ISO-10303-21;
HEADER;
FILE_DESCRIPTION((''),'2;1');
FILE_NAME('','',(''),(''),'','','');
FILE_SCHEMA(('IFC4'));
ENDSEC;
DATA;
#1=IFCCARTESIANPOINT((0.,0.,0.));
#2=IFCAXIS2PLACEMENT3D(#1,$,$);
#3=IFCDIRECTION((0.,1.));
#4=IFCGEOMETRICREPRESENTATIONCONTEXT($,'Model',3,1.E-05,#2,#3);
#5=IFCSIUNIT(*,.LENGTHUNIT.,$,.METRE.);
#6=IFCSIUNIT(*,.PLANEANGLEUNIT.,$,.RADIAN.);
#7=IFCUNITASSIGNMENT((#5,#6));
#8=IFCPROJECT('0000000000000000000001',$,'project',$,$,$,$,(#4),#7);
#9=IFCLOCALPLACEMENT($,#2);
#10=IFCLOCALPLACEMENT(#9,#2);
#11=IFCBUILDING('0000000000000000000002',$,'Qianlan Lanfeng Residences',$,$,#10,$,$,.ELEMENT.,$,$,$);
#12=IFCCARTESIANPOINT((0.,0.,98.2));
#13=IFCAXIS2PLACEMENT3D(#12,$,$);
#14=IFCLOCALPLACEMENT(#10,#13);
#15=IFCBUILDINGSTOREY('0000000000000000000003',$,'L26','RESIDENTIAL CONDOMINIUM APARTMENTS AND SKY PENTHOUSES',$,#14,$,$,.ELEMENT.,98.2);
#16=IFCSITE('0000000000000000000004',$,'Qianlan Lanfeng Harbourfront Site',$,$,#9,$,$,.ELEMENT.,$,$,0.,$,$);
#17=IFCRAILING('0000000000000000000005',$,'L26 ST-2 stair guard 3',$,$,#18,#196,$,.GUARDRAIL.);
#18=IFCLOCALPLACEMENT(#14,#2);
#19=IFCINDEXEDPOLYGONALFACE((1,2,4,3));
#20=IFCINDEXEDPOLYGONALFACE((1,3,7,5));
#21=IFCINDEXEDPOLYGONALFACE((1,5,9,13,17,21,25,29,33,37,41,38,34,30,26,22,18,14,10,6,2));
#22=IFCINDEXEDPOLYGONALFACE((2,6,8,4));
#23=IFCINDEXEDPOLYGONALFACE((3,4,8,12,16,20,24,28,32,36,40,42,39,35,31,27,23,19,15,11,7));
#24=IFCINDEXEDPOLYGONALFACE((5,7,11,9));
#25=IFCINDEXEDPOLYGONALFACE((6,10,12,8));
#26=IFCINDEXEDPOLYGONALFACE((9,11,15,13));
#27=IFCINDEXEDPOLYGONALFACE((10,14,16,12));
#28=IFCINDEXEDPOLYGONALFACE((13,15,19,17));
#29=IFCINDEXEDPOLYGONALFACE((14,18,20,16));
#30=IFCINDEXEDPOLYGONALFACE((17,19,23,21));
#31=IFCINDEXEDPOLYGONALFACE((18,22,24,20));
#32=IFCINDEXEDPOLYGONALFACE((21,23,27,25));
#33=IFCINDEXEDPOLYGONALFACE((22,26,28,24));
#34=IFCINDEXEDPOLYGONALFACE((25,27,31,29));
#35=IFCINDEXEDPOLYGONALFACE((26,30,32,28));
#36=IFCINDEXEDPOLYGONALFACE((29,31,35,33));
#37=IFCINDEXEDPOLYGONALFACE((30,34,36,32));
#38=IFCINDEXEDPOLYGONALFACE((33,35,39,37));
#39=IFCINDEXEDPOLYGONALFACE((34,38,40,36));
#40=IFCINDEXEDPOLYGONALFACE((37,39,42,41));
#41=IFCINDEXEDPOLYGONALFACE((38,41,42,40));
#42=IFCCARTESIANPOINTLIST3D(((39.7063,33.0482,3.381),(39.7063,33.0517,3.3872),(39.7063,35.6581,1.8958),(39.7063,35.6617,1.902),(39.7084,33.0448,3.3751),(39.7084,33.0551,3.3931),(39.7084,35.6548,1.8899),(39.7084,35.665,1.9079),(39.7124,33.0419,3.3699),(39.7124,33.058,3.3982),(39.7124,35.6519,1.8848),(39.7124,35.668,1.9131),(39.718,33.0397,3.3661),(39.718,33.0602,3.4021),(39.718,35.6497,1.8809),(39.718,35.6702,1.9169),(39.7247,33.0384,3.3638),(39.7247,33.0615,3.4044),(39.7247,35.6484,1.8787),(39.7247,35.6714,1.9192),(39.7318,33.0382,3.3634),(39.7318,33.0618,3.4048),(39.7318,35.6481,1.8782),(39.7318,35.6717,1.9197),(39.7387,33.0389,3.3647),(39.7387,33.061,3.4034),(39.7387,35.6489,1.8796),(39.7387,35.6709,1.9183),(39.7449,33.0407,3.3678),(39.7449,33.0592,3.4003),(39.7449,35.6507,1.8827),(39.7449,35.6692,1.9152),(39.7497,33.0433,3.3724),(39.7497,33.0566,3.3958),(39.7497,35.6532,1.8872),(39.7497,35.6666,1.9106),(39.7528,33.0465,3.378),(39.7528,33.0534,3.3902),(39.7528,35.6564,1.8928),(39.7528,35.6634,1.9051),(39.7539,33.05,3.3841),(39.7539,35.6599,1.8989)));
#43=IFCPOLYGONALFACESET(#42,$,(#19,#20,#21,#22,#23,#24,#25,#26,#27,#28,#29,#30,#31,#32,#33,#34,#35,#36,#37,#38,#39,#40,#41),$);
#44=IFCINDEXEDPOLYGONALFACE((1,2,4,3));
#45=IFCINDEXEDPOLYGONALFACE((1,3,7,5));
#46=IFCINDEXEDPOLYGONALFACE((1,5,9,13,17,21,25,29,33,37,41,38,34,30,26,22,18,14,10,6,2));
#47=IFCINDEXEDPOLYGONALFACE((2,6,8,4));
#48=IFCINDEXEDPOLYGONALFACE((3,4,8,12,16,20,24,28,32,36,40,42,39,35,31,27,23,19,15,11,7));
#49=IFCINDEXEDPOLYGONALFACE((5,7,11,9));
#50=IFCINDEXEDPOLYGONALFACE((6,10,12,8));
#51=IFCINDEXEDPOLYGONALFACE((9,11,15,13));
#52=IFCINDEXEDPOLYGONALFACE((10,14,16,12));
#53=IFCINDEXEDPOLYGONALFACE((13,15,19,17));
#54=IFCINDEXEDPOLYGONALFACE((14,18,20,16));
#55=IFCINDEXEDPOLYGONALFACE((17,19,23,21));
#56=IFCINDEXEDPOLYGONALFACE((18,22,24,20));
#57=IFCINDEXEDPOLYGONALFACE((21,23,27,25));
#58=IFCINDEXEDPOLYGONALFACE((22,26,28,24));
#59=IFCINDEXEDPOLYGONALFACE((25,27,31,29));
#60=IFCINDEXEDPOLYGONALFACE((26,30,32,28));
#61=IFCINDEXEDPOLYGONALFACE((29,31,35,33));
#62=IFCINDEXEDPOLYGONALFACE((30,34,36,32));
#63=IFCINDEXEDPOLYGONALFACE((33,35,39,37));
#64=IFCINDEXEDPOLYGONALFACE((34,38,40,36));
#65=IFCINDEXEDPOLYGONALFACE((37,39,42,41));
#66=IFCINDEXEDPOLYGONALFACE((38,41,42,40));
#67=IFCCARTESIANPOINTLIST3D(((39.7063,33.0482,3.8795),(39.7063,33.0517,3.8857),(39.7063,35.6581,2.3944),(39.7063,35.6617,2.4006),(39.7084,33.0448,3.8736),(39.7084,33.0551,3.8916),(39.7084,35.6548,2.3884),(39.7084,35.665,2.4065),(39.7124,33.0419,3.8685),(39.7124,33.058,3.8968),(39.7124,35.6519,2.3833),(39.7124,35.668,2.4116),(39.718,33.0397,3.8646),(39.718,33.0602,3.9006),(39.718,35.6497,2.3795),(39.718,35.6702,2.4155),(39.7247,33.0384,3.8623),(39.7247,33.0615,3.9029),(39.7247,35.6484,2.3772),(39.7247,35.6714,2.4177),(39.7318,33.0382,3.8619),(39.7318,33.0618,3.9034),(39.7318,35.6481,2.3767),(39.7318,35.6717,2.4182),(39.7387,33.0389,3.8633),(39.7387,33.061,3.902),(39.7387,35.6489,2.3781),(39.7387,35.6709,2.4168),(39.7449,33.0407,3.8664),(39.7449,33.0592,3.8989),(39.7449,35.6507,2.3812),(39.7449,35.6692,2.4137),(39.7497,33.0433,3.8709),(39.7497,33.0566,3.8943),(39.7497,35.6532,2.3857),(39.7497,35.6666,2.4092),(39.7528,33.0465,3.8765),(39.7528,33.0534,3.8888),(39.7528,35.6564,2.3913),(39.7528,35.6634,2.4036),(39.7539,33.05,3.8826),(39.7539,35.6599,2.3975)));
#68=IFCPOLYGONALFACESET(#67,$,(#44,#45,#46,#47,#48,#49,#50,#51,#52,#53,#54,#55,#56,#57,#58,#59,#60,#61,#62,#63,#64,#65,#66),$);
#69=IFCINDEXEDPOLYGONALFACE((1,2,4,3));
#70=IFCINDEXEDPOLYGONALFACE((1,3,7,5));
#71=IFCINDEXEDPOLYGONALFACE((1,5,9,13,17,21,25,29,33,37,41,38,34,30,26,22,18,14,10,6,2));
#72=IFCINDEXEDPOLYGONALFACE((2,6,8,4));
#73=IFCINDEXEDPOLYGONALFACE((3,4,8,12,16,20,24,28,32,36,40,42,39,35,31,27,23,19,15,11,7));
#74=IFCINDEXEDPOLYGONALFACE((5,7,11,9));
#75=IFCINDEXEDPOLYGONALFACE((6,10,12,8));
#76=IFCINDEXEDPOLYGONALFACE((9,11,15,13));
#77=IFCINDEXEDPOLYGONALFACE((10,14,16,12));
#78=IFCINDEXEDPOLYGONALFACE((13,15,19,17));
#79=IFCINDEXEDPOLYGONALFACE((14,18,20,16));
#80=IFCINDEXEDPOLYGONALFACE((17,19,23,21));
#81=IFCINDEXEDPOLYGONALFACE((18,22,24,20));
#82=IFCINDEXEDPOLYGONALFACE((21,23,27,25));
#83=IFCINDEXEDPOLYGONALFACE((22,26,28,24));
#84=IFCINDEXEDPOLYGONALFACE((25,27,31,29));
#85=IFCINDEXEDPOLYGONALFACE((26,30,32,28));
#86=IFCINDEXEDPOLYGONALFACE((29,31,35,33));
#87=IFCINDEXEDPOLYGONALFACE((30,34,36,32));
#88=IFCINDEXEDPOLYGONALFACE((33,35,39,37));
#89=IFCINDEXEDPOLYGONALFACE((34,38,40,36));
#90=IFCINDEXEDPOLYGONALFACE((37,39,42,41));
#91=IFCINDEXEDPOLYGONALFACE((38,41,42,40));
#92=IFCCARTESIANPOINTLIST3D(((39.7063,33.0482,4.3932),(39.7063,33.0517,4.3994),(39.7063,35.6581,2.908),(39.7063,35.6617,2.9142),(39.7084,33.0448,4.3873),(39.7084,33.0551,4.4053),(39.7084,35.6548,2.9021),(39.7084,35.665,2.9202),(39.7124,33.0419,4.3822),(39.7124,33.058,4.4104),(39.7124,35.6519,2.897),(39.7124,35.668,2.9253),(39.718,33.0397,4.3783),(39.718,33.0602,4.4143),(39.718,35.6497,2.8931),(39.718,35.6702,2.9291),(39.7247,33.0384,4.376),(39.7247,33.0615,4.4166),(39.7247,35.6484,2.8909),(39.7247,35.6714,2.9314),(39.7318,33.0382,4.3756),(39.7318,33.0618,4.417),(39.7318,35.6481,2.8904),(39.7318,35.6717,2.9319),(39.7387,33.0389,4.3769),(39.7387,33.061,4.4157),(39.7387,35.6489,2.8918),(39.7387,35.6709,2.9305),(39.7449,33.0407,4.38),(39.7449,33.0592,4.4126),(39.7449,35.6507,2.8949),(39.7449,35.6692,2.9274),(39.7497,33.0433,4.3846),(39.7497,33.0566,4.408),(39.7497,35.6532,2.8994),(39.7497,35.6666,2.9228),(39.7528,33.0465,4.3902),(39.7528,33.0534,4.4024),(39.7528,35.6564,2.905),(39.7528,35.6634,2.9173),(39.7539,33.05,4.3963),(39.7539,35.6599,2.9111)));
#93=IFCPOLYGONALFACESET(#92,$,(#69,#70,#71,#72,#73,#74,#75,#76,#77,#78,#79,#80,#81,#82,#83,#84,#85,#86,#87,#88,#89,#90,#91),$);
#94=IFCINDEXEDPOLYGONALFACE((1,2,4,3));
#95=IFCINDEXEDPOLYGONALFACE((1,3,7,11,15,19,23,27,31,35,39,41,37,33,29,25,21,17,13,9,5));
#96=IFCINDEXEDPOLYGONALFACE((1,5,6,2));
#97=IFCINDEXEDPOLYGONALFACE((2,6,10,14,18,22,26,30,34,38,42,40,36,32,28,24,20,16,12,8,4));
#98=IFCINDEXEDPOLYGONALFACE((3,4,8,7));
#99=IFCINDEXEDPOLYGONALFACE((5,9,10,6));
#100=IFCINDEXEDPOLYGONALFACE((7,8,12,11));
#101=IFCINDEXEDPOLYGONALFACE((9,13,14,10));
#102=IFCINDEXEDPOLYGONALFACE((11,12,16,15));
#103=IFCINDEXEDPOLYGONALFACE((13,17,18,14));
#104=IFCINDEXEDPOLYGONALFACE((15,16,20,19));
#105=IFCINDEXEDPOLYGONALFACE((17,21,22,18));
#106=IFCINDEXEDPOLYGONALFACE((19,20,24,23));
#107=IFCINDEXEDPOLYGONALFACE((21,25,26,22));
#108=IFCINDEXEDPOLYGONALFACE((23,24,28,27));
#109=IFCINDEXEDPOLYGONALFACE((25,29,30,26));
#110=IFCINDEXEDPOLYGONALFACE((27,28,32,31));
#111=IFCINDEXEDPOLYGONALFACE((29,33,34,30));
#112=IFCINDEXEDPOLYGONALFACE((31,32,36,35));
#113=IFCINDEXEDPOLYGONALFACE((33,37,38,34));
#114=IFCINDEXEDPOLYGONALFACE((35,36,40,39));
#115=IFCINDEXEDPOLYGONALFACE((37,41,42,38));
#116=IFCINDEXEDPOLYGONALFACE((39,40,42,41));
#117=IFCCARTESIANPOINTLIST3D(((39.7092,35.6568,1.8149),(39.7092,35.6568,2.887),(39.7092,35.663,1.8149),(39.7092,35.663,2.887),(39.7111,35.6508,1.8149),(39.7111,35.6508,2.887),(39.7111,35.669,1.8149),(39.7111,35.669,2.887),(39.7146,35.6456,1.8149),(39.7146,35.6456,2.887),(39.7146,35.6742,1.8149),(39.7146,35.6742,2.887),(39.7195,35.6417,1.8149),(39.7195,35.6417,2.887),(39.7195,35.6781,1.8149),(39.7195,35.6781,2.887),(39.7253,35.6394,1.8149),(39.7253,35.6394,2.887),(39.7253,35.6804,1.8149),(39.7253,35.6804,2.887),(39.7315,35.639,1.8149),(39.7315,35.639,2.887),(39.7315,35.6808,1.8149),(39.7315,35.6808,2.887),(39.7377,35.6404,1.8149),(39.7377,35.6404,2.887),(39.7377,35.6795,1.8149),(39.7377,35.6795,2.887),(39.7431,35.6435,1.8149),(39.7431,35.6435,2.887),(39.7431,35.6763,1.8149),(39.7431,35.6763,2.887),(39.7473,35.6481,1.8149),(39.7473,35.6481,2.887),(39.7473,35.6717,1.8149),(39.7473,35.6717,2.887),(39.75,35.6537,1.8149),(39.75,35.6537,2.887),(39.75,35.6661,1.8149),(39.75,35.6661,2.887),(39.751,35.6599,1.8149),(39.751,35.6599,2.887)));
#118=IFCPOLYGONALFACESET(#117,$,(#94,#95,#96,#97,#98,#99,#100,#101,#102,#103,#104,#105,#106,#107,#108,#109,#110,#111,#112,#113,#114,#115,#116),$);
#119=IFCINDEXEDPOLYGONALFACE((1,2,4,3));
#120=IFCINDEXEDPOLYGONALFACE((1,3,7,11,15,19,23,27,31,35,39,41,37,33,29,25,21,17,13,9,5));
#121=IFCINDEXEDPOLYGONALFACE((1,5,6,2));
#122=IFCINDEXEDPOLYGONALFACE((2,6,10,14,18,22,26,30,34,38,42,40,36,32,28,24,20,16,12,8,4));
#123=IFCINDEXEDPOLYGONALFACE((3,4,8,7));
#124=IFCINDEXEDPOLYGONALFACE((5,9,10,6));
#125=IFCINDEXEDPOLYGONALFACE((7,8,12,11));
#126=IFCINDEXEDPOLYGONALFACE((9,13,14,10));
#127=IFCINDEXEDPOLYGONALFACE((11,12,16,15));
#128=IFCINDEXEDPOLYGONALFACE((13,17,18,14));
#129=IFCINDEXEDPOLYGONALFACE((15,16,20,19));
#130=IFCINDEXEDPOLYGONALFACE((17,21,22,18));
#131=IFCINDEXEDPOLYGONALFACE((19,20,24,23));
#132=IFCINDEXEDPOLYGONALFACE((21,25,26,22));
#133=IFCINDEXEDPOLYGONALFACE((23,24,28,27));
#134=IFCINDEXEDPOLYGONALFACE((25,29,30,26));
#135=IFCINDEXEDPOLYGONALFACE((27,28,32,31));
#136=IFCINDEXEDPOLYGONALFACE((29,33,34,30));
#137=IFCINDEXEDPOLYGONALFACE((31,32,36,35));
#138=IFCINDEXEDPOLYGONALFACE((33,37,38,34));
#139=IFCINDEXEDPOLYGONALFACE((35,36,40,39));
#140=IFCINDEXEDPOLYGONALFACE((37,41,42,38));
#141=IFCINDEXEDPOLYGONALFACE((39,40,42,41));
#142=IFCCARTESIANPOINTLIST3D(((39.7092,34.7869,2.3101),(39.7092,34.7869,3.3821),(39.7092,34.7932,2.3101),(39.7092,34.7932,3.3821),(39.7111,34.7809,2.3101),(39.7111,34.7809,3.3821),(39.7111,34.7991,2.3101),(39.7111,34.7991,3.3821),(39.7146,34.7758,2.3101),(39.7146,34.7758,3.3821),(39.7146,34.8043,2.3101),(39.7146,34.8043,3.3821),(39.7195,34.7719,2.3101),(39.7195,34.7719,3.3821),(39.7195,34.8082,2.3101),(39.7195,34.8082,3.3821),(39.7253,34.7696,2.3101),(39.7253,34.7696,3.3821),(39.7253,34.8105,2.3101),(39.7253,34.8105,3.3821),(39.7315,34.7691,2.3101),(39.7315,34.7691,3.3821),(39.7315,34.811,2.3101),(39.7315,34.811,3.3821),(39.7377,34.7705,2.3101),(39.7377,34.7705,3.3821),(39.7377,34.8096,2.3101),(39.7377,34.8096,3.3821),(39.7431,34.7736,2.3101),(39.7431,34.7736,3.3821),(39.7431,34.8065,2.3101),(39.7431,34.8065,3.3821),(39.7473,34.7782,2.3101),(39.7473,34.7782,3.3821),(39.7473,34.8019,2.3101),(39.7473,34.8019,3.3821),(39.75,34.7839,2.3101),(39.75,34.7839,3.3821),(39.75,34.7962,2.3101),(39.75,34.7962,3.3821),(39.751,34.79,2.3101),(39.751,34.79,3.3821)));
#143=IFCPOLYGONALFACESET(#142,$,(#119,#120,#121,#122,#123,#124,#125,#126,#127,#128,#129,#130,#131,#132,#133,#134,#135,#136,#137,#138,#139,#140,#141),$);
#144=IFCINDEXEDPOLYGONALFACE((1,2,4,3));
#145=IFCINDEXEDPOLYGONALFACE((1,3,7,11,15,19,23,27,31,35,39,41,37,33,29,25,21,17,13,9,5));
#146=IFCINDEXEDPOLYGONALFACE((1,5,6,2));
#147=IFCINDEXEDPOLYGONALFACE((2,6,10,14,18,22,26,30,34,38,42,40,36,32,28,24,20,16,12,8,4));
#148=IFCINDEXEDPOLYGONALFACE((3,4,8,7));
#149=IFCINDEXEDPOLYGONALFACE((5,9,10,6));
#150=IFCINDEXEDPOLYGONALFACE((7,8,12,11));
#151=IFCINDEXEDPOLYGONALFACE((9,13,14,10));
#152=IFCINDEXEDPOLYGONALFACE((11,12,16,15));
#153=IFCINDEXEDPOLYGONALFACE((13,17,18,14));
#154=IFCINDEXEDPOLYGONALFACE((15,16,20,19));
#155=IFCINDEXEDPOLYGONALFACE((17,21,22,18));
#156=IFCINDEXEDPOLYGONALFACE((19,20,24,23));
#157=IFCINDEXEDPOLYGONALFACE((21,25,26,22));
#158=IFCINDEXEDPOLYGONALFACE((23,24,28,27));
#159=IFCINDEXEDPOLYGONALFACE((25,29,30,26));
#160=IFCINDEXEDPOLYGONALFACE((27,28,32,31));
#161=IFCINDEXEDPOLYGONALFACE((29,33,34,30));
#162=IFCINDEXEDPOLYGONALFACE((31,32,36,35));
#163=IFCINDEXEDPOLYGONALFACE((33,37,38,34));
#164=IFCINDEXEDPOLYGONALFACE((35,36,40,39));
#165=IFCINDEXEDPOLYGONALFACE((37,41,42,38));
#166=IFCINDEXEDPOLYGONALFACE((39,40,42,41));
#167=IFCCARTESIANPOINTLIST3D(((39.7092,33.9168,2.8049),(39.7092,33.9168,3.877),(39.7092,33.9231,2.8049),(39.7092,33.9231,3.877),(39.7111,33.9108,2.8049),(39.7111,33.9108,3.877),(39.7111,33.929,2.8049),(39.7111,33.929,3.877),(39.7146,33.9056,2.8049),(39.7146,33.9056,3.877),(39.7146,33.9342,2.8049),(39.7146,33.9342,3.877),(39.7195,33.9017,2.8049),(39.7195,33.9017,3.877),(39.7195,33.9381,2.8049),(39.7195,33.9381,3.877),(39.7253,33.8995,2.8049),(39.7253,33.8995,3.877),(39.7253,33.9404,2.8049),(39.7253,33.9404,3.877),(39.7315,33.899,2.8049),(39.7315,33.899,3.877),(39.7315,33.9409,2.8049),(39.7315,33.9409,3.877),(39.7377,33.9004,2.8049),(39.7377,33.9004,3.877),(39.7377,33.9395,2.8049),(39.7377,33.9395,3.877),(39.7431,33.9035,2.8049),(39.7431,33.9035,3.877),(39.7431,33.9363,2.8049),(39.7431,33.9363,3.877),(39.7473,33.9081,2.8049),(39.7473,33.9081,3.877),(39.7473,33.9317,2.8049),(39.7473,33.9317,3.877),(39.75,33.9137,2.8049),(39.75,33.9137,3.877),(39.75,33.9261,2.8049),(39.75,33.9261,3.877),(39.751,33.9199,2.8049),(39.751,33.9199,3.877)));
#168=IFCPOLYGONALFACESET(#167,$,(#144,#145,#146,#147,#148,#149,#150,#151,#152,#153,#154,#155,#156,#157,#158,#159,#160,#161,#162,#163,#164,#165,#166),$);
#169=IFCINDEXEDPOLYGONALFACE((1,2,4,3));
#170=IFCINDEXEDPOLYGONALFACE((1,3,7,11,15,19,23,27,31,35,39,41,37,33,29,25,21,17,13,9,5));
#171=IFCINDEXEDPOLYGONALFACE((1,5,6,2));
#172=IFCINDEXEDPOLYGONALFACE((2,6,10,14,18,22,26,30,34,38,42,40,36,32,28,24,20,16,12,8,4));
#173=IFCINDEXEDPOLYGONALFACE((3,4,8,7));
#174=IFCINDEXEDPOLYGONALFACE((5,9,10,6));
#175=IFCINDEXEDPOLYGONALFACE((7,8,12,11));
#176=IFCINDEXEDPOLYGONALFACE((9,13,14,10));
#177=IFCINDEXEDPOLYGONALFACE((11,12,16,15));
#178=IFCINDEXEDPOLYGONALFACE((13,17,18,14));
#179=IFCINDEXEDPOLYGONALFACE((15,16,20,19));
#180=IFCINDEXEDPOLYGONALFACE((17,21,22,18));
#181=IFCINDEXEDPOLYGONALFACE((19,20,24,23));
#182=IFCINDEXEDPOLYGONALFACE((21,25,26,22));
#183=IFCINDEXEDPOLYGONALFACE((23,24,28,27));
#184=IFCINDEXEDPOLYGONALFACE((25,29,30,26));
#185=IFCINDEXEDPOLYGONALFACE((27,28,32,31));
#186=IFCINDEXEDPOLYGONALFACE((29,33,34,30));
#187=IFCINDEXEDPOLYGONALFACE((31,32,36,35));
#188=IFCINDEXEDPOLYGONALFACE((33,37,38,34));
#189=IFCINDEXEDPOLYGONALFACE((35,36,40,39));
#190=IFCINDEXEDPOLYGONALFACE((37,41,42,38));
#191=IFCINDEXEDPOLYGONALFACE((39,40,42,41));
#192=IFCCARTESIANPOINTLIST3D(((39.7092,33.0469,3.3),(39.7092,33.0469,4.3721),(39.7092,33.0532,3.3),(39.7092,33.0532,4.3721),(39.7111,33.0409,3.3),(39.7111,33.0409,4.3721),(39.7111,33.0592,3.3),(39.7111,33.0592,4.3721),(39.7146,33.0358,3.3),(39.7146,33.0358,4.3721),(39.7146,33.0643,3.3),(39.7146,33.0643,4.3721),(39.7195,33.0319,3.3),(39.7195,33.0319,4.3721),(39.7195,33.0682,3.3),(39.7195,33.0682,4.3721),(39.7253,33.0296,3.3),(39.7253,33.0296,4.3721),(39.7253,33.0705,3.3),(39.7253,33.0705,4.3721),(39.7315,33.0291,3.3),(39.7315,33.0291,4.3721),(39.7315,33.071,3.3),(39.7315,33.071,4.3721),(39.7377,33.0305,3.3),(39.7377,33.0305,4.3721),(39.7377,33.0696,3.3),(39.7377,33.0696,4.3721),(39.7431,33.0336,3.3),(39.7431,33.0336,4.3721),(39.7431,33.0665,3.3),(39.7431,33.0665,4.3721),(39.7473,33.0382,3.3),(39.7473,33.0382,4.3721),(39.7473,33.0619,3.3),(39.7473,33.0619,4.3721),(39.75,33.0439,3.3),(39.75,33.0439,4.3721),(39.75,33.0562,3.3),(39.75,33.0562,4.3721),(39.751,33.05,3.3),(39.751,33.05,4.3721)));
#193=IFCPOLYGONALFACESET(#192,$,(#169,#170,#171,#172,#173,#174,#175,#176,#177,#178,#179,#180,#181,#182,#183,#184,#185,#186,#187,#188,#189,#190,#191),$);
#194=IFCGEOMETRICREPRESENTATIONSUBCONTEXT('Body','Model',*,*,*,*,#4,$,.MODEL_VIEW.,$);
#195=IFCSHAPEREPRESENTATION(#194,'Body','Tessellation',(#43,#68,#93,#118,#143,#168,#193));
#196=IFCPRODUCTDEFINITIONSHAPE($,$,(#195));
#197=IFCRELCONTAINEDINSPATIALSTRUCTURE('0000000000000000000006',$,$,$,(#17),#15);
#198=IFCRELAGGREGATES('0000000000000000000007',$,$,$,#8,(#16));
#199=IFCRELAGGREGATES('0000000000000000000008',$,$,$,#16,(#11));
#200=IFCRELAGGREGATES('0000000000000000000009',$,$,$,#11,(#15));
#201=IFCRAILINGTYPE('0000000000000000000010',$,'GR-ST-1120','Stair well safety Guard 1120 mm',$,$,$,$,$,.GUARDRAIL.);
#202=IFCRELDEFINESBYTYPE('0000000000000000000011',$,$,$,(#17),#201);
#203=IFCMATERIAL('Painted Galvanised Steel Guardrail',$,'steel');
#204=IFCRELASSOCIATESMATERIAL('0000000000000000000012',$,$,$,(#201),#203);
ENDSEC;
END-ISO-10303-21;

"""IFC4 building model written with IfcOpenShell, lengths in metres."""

from ifc_helpers import new_model, si_unit, direction, frame, origin, origin_2d, place, context, subcontext, project, spatial, circle, extrude, material, type_object, element, save


model = new_model("IFC4")

# Units and contexts
model_context = context("Model", 3, precision=1e-05, world=origin(), true_north=direction((0.0, 1.0)))
body_context = subcontext(model_context, "Body", "Model", "MODEL_VIEW")
ifc_project = project(units=[si_unit("LENGTHUNIT", "METRE"), si_unit("PLANEANGLEUNIT", "RADIAN")], contexts=[model_context])

# Site, building, storey
site_placement = place(None, origin())
site = spatial("IfcSite", under=ifc_project, at=site_placement, Name="Qianlan Lanfeng Harbourfront Site", CompositionType="ELEMENT", RefElevation=0.0)
building_placement = place(site_placement, origin())
building = spatial("IfcBuilding", under=site, at=building_placement, Name="Qianlan Lanfeng Residences", CompositionType="ELEMENT")
storey_placement = place(building_placement, frame((0.0, 0.0, 98.2)))
storey = spatial("IfcBuildingStorey", under=building, at=storey_placement, Name="L26", Description="RESIDENTIAL CONDOMINIUM APARTMENTS AND SKY PENTHOUSES", CompositionType="ELEMENT", Elevation=98.2)

# Railing
ifc_material_1 = material(Name="Painted Galvanised Steel Guardrail", Category="steel")
railing_type_1 = type_object("IfcRailingType", Name="GR-ST-1120", Description="Stair well safety Guard 1120 mm", PredefinedType="GUARDRAIL", material=ifc_material_1)
railing_1_placement = place(storey_placement, frame((39.73, 35.6599, 1.8149)))
element("IfcRailing", 1, at=railing_1_placement, inside=storey, type_object=railing_type_1, Name="L26 ST-2 stair guard 3", PredefinedType="GUARDRAIL", context=body_context, shape_type="SweptSolid", body=[
    extrude(circle(Radius=0.0239, at=origin_2d()), frame((0.0, 0.0, 0.084), z_axis=(0.0, -0.869137, 0.494571), x_axis=(1.0, 0.0, 0.0)), (0.0, 0.0, 1.0), 3.0029),
    extrude(circle(Radius=0.0239, at=origin_2d()), frame((0.0, 0.0, 0.5825), z_axis=(0.0, -0.869137, 0.494571), x_axis=(1.0, 0.0, 0.0)), (0.0, 0.0, 1.0), 3.0029),
    extrude(circle(Radius=0.0239, at=origin_2d()), frame((0.0, 0.0, 1.0962), z_axis=(0.0, -0.869137, 0.494571), x_axis=(1.0, 0.0, 0.0)), (0.0, 0.0, 1.0), 3.0029),
    extrude(circle(Radius=0.021, at=origin_2d()), origin(), (0.0, 0.0, 1.0), 1.072),
    extrude(circle(Radius=0.021, at=origin_2d()), frame((0.0, -0.8699, 0.4951)), (0.0, 0.0, 1.0), 1.072),
    extrude(circle(Radius=0.021, at=origin_2d()), frame((0.0, -1.74, 0.99)), (0.0, 0.0, 1.0), 1.072),
    extrude(circle(Radius=0.021, at=origin_2d()), frame((0.0, -2.6099, 1.4851)), (0.0, 0.0, 1.0), 1.072),
])

save(model, "model.ifc")
